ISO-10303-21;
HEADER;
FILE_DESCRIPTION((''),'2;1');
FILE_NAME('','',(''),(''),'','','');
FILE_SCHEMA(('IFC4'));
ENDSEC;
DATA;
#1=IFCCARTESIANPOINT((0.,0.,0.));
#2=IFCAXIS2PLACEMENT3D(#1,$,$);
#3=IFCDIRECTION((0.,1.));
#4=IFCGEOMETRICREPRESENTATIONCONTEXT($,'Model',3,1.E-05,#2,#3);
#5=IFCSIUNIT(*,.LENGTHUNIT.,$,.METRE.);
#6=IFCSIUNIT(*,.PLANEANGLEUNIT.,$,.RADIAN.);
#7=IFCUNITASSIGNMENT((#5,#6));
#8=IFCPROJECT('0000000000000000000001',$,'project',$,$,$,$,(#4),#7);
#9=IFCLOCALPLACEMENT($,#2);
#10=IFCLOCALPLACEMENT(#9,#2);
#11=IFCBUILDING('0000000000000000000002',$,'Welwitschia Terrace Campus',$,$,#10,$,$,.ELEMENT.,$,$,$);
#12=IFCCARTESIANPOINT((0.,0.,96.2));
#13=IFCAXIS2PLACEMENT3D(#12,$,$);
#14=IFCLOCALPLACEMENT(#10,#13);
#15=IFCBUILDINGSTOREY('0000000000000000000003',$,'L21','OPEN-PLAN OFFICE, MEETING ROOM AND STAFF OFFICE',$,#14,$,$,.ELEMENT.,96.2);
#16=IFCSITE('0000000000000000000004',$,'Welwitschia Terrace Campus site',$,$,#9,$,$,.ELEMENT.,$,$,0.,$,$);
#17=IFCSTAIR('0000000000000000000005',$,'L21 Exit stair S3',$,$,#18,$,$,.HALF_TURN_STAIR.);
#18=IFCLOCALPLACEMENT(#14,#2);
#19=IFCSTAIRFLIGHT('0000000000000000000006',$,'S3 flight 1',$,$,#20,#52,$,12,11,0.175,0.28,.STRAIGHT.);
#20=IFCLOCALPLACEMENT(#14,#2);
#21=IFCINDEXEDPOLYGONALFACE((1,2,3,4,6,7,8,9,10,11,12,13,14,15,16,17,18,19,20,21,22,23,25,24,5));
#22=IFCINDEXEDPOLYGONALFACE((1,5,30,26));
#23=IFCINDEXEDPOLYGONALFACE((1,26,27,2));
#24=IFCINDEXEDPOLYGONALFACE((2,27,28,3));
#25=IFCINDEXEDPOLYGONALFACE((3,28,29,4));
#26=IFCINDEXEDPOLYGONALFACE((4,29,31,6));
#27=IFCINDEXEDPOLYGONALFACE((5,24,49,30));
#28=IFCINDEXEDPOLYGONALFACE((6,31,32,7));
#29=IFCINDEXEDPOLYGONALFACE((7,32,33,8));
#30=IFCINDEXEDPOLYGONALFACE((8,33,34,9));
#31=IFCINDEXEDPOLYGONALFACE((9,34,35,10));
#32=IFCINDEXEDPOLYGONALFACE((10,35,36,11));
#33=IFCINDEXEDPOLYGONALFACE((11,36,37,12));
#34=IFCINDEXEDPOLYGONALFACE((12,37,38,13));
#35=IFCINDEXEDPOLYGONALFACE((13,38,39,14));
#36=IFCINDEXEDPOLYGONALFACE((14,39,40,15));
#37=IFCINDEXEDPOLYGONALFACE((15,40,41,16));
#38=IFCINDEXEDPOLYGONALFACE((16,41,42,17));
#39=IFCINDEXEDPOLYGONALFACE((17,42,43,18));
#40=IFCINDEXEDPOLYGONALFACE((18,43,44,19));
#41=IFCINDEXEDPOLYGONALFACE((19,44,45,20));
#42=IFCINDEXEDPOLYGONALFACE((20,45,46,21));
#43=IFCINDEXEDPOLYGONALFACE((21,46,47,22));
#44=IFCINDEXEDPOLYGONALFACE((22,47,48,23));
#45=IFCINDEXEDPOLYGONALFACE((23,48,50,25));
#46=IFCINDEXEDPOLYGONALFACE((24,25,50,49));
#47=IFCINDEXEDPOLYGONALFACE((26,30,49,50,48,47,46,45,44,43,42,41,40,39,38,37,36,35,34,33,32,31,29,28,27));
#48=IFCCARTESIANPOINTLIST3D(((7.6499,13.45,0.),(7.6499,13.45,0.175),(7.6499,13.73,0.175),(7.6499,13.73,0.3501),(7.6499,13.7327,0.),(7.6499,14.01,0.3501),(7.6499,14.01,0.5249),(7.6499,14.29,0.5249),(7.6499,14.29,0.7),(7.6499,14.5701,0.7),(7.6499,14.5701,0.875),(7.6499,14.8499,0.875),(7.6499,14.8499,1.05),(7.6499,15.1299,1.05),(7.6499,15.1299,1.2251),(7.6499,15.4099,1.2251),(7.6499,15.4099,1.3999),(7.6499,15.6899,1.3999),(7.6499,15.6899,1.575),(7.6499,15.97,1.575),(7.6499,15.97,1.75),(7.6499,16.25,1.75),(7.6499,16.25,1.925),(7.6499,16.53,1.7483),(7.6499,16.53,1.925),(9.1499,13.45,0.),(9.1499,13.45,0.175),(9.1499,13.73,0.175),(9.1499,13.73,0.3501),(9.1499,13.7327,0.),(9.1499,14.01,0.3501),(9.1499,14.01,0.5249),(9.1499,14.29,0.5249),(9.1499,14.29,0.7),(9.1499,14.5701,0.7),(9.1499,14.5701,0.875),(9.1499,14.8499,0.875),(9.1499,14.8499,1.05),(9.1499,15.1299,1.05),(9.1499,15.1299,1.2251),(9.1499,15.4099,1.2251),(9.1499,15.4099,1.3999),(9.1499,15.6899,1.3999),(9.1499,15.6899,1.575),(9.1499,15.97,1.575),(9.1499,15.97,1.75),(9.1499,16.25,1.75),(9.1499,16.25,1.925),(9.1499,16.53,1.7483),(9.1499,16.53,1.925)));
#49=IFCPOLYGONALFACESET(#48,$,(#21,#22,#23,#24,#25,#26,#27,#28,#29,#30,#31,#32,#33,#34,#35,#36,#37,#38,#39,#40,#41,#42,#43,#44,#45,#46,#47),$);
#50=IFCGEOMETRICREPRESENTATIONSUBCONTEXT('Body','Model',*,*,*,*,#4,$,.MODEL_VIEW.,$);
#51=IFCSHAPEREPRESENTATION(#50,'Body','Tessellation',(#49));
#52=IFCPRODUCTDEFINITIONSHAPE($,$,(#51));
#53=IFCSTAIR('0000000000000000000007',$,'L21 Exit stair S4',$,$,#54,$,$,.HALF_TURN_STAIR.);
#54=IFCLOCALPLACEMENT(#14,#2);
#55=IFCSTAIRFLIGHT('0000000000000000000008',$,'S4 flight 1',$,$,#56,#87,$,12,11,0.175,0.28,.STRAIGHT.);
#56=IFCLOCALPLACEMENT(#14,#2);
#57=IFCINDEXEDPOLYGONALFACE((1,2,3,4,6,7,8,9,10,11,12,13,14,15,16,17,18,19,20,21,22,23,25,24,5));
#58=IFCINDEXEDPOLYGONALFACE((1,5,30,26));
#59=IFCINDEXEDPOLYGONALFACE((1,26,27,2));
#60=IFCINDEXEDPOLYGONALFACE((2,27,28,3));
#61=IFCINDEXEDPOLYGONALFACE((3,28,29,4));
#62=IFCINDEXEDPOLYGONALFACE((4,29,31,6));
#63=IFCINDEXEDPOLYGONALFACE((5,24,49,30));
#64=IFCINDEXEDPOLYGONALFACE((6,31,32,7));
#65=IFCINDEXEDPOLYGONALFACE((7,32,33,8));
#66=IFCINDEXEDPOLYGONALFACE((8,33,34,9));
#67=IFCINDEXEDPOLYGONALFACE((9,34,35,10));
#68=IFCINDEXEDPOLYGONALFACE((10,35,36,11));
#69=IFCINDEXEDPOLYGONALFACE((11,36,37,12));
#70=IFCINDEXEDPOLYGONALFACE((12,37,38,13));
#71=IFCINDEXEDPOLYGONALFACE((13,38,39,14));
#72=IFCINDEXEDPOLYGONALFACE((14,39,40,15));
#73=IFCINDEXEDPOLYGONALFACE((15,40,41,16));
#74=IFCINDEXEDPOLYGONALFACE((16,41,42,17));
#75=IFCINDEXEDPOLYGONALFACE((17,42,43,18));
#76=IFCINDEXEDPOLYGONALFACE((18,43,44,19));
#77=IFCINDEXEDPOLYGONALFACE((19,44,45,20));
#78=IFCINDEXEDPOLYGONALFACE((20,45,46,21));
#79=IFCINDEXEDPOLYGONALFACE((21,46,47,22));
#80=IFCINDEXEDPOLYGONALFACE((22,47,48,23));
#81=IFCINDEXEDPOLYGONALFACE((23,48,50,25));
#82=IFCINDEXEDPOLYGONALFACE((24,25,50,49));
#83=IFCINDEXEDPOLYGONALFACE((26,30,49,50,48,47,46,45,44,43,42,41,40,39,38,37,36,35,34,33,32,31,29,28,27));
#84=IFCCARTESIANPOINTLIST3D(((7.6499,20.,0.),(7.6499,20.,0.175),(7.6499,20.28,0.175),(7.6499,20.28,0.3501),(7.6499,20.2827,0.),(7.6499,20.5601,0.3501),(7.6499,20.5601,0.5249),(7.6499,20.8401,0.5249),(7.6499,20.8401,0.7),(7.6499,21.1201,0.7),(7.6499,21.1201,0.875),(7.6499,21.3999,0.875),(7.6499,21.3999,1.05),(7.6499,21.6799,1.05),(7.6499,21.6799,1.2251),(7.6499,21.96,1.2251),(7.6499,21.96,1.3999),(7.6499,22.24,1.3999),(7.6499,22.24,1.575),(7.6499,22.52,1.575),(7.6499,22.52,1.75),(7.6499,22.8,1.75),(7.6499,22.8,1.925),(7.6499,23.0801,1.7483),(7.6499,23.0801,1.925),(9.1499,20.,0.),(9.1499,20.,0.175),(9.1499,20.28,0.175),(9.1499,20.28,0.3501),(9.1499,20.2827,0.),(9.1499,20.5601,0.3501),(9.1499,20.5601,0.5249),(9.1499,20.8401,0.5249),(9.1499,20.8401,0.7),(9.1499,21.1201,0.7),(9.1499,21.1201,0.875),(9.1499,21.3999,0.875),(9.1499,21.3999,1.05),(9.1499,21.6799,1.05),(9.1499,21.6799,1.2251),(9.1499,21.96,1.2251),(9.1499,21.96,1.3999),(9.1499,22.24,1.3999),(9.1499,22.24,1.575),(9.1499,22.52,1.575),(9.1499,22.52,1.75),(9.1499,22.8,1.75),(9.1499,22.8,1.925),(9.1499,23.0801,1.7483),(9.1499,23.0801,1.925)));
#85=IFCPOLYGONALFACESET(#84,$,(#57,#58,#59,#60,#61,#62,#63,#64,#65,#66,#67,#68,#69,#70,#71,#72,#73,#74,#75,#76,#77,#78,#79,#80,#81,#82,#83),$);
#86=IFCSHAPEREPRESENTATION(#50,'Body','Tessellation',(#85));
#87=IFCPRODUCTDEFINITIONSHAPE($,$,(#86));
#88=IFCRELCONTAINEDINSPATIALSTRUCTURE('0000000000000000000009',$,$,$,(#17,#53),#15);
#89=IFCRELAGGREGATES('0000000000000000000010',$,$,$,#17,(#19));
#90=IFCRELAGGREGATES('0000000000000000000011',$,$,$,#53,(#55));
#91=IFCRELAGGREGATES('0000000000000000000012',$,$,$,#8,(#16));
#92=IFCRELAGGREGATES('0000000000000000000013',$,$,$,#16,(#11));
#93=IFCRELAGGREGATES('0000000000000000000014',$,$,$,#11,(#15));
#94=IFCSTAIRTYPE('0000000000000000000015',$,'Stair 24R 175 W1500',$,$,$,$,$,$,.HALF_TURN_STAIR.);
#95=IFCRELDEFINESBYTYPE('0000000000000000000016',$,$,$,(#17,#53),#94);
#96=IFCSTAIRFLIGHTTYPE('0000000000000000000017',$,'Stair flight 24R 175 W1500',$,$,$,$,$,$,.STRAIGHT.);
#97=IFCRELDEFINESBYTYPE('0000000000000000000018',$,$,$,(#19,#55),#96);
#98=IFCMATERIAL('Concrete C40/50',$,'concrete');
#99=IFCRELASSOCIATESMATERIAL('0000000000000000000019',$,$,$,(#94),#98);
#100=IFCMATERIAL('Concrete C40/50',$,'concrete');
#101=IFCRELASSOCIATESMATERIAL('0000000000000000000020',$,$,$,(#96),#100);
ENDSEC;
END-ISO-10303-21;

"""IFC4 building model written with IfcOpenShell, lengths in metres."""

from ifc_helpers import new_model, si_unit, direction, frame, origin, place, context, subcontext, project, spatial, polyline, outline, extrude, material, type_object, element, aggregate, save


model = new_model("IFC4")

# Units and contexts
model_context = context("Model", 3, precision=1e-05, world=origin(), true_north=direction((0.0, 1.0)))
body_context = subcontext(model_context, "Body", "Model", "MODEL_VIEW")
ifc_project = project(units=[si_unit("LENGTHUNIT", "METRE"), si_unit("PLANEANGLEUNIT", "RADIAN")], contexts=[model_context])

# Site, building, storey
site_placement = place(None, origin())
site = spatial("IfcSite", under=ifc_project, at=site_placement, Name="Welwitschia Terrace Campus site", CompositionType="ELEMENT", RefElevation=0.0)
building_placement = place(site_placement, origin())
building = spatial("IfcBuilding", under=site, at=building_placement, Name="Welwitschia Terrace Campus", CompositionType="ELEMENT")
storey_placement = place(building_placement, frame((0.0, 0.0, 96.2)))
storey = spatial("IfcBuildingStorey", under=building, at=storey_placement, Name="L21", Description="OPEN-PLAN OFFICE, MEETING ROOM AND STAFF OFFICE", CompositionType="ELEMENT", Elevation=96.2)

# Stairs, stair flights
ifc_material_1 = material(Name="Concrete C40/50", Category="concrete")
stair_type = type_object("IfcStairType", Name="Stair 24R 175 W1500", PredefinedType="HALF_TURN_STAIR", material=ifc_material_1)
stair_1_placement = place(storey_placement, origin())
stair_1 = element("IfcStair", 1, at=stair_1_placement, inside=storey, type_object=stair_type, Name="L21 Exit stair S3", PredefinedType="HALF_TURN_STAIR")
ifc_material_2 = material(Name="Concrete C40/50", Category="concrete")
stair_flight_type = type_object("IfcStairFlightType", Name="Stair flight 24R 175 W1500", PredefinedType="STRAIGHT", material=ifc_material_2)
stair_flight_1_placement = place(storey_placement, frame((8.3999, 13.45, 0.0), z_axis=(0.0, 0.0, 1.0), x_axis=(0.0, 1.0, 0.0)))
stair_flight_1 = element("IfcStairFlight", 2, at=stair_flight_1_placement, type_object=stair_flight_type, Name="S3 flight 1", NumberOfRisers=12, NumberOfTreads=11, PredefinedType="STRAIGHT", RiserHeight=0.175, TreadLength=0.28, context=body_context, shape_type="SweptSolid", body=[
    extrude(outline(polyline([(0.0, 0.0), (0.0, 0.175), (0.28, 0.175), (0.28, 0.3501), (0.5601, 0.3501), (0.5601, 0.5249), (0.8401, 0.5249), (0.8401, 0.7), (1.1201, 0.7), (1.1201, 0.875), (1.3999, 0.875), (1.3999, 1.05), (1.6799, 1.05), (1.6799, 1.2251), (1.96, 1.2251), (1.96, 1.3999), (2.24, 1.3999), (2.24, 1.575), (2.52, 1.575), (2.52, 1.75), (2.8, 1.75), (2.8, 1.925), (3.0801, 1.925), (3.0801, 2.1001), (3.0801, 1.7483), (0.2827, 0.0), (0.0, 0.0)])), frame((0.0, 0.75, 0.0), z_axis=(0.0, -1.0, 0.0), x_axis=(1.0, 0.0, 0.0)), (0.0, 0.0, 1.0), 1.5),
])
aggregate(stair_1, [stair_flight_1])
stair_2_placement = place(storey_placement, origin())
stair_2 = element("IfcStair", 3, at=stair_2_placement, inside=storey, type_object=stair_type, Name="L21 Exit stair S4", PredefinedType="HALF_TURN_STAIR")
stair_flight_2_placement = place(storey_placement, frame((8.3999, 20.0, 0.0), z_axis=(0.0, 0.0, 1.0), x_axis=(0.0, 1.0, 0.0)))
stair_flight_2 = element("IfcStairFlight", 4, at=stair_flight_2_placement, type_object=stair_flight_type, Name="S4 flight 1", NumberOfRisers=12, NumberOfTreads=11, PredefinedType="STRAIGHT", RiserHeight=0.175, TreadLength=0.28, context=body_context, shape_type="SweptSolid", body=[
    extrude(outline(polyline([(0.0, 0.0), (0.0, 0.175), (0.28, 0.175), (0.28, 0.3501), (0.5601, 0.3501), (0.5601, 0.5249), (0.8401, 0.5249), (0.8401, 0.7), (1.1201, 0.7), (1.1201, 0.875), (1.3999, 0.875), (1.3999, 1.05), (1.6799, 1.05), (1.6799, 1.2251), (1.96, 1.2251), (1.96, 1.3999), (2.24, 1.3999), (2.24, 1.575), (2.52, 1.575), (2.52, 1.75), (2.8, 1.75), (2.8, 1.925), (3.0801, 1.925), (3.0801, 2.1001), (3.0801, 1.7483), (0.2827, 0.0), (0.0, 0.0)])), frame((0.0, 0.75, 0.0), z_axis=(0.0, -1.0, 0.0), x_axis=(1.0, 0.0, 0.0)), (0.0, 0.0, 1.0), 1.5),
])
aggregate(stair_2, [stair_flight_2])

save(model, "model.ifc")
